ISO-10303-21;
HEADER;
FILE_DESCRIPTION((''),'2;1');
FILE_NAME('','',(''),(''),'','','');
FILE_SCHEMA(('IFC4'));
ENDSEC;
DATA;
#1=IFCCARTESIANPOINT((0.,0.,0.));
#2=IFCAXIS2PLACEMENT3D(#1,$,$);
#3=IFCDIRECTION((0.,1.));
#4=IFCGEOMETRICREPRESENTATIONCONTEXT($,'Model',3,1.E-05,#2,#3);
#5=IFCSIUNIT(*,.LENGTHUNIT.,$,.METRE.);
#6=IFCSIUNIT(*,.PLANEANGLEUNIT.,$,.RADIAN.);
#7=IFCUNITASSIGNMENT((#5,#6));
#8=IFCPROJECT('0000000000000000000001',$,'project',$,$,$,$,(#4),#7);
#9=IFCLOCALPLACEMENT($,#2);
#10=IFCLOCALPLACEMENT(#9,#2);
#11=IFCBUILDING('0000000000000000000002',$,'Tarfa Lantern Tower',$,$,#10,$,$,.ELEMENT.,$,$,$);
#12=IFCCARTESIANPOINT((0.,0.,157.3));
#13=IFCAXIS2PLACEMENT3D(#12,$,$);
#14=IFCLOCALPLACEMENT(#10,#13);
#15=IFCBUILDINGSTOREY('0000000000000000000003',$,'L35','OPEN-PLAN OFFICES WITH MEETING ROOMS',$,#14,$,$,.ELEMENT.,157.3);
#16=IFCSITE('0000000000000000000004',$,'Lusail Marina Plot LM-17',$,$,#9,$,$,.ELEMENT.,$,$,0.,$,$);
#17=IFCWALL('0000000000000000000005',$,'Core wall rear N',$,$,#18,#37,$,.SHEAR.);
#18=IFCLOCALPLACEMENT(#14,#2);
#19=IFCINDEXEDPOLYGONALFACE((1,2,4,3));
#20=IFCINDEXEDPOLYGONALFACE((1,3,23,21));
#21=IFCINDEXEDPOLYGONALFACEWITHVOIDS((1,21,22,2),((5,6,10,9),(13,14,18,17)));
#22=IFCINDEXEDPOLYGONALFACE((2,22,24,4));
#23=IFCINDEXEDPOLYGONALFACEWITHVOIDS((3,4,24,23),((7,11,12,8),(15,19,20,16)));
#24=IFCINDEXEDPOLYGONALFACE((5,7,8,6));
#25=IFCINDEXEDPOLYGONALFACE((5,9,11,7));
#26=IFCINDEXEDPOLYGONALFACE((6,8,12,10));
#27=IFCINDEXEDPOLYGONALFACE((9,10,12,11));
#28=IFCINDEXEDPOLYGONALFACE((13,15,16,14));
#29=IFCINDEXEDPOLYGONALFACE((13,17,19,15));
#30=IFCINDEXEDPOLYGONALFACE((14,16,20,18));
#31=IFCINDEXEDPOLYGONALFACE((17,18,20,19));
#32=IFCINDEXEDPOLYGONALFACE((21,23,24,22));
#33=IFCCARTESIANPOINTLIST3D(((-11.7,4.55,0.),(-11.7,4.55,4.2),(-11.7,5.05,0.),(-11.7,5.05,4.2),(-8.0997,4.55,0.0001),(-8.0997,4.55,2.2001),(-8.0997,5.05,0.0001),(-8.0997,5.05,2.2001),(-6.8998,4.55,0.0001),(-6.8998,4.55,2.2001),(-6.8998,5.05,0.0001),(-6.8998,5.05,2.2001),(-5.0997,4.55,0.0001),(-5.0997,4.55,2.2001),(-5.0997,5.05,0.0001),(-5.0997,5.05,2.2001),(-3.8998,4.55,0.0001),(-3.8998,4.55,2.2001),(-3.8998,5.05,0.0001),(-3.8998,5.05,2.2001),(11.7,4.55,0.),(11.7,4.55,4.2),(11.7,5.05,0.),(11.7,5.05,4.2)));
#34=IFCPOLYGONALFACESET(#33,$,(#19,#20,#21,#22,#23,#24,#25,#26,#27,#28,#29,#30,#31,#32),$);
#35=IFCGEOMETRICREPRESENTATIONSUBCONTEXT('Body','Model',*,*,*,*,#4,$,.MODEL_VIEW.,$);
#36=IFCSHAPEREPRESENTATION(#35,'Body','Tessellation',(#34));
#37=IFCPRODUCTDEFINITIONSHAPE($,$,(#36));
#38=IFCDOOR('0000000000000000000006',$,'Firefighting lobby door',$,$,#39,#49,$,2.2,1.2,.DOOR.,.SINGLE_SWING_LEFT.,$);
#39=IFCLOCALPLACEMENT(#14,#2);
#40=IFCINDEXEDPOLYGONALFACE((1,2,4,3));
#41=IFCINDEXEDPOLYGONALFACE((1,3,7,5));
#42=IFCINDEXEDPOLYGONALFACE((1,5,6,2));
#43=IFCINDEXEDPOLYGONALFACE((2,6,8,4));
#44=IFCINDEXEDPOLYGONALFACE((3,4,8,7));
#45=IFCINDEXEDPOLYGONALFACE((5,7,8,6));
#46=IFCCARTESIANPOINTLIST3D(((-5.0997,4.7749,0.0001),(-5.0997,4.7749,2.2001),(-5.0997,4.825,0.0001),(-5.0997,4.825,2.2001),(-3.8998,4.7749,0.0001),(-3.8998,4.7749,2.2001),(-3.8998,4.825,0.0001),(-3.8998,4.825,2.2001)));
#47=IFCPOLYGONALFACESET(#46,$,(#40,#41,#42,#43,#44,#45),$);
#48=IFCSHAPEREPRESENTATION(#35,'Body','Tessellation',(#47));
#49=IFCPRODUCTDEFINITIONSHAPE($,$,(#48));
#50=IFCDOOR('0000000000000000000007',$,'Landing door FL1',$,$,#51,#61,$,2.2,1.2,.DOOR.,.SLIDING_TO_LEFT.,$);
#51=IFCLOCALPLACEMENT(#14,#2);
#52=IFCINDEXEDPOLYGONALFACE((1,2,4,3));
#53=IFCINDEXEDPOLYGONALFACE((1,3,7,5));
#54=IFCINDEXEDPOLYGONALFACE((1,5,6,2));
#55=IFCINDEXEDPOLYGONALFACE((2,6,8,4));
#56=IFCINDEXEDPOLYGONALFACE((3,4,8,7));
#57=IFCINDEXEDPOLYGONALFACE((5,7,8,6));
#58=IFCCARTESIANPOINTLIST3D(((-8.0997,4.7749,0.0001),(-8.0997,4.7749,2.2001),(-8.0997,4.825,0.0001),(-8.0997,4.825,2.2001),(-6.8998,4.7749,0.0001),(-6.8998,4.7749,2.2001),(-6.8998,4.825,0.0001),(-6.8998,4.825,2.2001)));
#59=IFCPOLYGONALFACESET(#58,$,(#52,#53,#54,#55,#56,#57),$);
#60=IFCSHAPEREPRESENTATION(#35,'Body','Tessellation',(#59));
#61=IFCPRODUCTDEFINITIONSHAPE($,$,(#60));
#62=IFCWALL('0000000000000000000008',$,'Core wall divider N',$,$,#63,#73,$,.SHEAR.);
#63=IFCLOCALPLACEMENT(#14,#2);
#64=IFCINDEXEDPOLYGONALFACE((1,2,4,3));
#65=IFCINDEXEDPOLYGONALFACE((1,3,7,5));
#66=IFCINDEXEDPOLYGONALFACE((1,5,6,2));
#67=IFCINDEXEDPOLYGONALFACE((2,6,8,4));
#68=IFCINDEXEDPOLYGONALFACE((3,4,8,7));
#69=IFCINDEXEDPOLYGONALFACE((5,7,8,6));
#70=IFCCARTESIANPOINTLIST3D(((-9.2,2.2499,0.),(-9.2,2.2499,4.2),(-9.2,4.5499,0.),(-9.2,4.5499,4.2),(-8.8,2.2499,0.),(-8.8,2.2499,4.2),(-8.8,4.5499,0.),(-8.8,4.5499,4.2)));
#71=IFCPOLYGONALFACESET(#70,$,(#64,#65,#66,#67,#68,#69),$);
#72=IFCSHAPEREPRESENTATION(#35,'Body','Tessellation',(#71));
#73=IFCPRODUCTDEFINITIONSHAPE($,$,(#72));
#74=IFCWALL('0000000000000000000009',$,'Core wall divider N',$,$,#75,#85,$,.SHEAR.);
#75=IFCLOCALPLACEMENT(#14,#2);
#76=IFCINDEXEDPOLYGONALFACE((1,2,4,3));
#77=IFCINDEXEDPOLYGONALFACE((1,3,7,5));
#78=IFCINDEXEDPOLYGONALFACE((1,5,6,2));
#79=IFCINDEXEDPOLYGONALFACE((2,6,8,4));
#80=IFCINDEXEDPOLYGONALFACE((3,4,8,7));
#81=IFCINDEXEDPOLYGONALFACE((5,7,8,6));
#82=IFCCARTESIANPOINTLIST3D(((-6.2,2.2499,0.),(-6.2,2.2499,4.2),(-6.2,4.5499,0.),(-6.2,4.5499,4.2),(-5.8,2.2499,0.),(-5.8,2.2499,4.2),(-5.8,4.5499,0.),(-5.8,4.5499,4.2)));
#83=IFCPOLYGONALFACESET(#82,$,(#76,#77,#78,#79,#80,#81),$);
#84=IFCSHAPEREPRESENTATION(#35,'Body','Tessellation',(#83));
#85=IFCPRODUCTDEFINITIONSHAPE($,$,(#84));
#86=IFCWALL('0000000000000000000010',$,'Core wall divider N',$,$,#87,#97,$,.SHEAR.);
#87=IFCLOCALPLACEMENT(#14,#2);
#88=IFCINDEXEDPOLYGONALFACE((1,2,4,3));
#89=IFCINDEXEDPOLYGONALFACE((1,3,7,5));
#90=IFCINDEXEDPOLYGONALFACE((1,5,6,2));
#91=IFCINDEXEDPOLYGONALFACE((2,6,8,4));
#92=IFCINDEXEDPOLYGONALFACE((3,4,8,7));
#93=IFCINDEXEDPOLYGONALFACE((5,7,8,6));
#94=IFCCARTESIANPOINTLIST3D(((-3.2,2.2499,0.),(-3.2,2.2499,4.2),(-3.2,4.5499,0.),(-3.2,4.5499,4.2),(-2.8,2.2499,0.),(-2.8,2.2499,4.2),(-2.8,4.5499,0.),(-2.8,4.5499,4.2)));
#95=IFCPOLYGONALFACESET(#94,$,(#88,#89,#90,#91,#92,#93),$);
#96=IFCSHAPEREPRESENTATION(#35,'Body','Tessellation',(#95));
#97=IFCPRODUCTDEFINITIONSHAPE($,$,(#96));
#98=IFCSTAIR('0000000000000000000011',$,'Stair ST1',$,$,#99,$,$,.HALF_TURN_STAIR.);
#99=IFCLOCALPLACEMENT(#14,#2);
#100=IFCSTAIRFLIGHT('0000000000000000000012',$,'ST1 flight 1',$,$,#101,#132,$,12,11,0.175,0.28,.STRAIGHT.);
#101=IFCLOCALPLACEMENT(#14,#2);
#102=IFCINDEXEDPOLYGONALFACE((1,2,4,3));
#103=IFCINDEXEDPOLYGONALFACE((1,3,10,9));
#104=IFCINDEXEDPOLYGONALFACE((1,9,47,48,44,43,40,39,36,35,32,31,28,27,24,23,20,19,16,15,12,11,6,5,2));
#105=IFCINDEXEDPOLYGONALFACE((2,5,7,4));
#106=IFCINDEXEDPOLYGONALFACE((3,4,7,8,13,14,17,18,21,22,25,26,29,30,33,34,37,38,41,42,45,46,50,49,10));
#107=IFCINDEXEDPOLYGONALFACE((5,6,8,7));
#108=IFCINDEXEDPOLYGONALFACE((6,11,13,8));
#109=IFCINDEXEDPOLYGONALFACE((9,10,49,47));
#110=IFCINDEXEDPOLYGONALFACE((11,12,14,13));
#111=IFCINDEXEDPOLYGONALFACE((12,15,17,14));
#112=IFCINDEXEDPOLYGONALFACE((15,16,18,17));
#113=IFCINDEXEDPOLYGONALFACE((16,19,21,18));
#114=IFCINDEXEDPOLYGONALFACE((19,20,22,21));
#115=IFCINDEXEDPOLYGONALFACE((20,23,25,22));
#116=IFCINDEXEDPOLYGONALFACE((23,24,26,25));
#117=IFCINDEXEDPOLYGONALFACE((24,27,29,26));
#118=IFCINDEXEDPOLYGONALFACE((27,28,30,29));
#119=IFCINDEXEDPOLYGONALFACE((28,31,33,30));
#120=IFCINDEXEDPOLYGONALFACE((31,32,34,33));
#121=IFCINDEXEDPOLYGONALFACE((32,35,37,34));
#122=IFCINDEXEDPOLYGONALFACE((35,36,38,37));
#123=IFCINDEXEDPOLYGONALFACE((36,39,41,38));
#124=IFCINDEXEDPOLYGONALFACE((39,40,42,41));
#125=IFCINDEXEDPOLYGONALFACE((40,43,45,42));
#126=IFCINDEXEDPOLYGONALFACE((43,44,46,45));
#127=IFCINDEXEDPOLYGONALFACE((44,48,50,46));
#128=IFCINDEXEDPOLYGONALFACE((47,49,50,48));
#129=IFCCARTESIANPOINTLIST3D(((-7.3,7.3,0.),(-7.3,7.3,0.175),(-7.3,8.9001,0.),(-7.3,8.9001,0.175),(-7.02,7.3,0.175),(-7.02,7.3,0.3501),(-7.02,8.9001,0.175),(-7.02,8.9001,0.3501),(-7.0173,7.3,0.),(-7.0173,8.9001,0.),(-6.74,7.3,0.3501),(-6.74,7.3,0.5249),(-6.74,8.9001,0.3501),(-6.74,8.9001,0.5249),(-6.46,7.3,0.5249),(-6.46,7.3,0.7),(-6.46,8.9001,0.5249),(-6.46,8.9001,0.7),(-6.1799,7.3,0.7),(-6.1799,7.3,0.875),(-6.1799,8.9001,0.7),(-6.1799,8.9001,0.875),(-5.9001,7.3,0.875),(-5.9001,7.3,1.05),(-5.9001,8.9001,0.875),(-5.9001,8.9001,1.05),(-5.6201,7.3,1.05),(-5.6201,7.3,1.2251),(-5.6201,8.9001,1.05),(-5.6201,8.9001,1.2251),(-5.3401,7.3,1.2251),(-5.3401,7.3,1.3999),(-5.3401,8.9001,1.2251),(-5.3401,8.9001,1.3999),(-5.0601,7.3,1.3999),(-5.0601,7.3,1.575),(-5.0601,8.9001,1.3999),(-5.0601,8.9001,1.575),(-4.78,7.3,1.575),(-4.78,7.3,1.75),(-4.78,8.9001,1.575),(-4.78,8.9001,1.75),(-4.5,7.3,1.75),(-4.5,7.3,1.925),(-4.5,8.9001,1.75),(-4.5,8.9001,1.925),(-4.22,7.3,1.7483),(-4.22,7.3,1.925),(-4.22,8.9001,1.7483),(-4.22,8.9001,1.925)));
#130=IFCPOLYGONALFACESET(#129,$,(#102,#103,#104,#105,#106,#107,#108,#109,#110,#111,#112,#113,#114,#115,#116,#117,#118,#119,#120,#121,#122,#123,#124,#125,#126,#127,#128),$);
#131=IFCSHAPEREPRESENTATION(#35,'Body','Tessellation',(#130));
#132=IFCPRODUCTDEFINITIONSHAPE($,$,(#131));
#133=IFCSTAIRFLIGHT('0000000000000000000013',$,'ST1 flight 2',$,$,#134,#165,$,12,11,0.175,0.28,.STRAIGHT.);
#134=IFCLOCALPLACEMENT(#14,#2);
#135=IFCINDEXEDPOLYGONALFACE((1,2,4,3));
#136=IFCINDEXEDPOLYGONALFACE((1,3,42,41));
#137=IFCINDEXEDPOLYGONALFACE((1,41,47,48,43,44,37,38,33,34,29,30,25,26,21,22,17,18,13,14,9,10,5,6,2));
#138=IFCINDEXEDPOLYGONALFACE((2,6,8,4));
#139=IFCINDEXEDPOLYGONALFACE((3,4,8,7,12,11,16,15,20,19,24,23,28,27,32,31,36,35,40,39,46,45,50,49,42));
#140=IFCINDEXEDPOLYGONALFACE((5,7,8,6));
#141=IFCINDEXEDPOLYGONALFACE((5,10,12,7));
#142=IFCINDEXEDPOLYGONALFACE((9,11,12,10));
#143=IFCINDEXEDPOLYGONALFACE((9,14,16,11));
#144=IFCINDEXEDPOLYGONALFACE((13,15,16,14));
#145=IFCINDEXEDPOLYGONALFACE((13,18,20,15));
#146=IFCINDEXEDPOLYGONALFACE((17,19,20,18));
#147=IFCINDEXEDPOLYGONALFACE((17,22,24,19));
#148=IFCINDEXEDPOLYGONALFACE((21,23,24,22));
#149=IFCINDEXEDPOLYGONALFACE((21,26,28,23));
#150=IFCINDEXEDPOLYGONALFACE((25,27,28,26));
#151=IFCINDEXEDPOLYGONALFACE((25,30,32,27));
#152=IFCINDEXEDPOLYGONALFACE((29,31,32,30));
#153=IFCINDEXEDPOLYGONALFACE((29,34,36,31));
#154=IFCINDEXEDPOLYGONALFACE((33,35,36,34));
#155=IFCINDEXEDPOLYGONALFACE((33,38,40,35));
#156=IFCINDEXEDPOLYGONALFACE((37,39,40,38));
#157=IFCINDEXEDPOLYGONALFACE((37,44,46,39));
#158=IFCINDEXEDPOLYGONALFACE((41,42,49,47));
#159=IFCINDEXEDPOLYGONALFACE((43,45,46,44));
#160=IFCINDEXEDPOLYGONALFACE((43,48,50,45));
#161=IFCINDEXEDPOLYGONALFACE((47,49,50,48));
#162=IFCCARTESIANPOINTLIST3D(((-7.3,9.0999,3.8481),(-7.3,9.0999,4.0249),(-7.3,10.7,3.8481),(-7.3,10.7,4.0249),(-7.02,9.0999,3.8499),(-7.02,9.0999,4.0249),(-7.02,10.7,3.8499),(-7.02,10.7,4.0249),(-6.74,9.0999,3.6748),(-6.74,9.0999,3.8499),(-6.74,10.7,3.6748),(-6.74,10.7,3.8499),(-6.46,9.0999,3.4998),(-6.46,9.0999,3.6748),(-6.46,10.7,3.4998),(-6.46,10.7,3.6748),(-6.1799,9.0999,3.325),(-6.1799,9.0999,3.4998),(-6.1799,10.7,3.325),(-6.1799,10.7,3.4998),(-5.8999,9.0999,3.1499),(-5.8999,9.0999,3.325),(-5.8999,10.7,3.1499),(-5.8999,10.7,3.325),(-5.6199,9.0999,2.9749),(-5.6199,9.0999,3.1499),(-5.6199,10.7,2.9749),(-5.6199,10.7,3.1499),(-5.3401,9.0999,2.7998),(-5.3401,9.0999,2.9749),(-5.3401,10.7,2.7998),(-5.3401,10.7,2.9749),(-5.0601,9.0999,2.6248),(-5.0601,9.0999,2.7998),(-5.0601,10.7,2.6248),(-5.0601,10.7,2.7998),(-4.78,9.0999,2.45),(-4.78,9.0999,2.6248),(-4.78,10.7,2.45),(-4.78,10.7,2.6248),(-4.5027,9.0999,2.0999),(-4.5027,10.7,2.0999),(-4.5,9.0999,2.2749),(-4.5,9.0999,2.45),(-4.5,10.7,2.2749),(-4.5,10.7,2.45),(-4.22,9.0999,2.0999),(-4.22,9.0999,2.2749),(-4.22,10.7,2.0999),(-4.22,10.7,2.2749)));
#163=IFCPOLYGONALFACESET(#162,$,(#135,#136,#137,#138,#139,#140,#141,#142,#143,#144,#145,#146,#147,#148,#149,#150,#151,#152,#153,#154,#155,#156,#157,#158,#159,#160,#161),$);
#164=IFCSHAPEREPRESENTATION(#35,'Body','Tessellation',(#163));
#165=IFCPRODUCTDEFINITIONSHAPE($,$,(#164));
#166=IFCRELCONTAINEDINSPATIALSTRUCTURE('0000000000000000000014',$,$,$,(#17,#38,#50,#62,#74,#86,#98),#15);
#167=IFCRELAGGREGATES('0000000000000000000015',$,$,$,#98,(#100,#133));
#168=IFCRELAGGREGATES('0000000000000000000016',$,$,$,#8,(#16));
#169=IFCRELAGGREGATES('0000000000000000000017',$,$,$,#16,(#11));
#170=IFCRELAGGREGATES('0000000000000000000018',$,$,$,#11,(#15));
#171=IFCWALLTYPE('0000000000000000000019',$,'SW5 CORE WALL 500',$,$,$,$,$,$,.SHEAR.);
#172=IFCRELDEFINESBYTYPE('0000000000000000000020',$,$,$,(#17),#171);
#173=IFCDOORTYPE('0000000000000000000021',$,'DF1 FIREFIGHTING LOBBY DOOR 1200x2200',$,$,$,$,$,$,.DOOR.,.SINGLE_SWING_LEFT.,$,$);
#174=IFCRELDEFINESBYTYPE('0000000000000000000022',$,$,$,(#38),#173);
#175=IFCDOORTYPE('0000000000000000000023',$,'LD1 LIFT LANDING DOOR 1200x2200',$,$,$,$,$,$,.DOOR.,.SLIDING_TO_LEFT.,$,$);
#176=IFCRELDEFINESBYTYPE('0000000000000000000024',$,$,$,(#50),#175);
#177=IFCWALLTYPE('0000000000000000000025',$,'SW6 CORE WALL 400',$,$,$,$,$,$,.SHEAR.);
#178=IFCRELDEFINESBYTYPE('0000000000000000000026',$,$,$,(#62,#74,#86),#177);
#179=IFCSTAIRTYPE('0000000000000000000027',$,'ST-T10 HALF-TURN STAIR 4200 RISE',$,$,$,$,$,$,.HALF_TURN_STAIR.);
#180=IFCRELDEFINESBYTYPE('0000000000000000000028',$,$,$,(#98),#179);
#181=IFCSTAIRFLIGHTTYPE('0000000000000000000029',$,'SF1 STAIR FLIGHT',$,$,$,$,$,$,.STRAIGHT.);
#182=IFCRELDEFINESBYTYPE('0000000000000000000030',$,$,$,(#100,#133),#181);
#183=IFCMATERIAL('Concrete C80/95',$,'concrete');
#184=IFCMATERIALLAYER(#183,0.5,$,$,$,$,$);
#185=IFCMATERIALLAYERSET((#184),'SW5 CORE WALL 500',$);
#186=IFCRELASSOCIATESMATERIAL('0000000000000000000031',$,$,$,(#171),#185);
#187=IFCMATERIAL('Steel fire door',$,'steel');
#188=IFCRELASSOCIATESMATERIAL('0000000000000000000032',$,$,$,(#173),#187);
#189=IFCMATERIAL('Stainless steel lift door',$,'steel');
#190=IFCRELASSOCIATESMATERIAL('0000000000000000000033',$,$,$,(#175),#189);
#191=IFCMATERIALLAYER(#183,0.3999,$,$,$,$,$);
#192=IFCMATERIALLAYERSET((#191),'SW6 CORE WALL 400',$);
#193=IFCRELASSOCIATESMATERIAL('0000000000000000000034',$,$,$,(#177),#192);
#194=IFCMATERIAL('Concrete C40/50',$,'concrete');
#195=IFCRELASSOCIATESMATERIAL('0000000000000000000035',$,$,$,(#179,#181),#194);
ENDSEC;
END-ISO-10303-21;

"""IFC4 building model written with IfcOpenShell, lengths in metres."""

from ifc_helpers import new_model, si_unit, direction, frame, frame_2d, origin, place, context, subcontext, project, spatial, polyline, rectangle, outline, extrude, material, layer, layer_set, type_object, element, fill, aggregate, save


model = new_model("IFC4")

# Units and contexts
model_context = context("Model", 3, precision=1e-05, world=origin(), true_north=direction((0.0, 1.0)))
body_context = subcontext(model_context, "Body", "Model", "MODEL_VIEW")
ifc_project = project(units=[si_unit("LENGTHUNIT", "METRE"), si_unit("PLANEANGLEUNIT", "RADIAN")], contexts=[model_context])

# Site, building, storey
site_placement = place(None, origin())
site = spatial("IfcSite", under=ifc_project, at=site_placement, Name="Lusail Marina Plot LM-17", CompositionType="ELEMENT", RefElevation=0.0)
building_placement = place(site_placement, origin())
building = spatial("IfcBuilding", under=site, at=building_placement, Name="Tarfa Lantern Tower", CompositionType="ELEMENT")
storey_placement = place(building_placement, frame((0.0, 0.0, 157.3)))
storey = spatial("IfcBuildingStorey", under=building, at=storey_placement, Name="L35", Description="OPEN-PLAN OFFICES WITH MEETING ROOMS", CompositionType="ELEMENT", Elevation=157.3)

# Shared definitions
ifc_material_1 = material(Name="Concrete C80/95", Category="concrete")

# Shared definitions
ifc_material_2 = material(Name="Steel fire door", Category="steel")

# Wall, openings, doors
ifc_layer_1 = layer(ifc_material_1, 0.5)
ifc_layer_set_1 = layer_set([ifc_layer_1], Name="SW5 CORE WALL 500")
wall_type_1 = type_object("IfcWallType", Name="SW5 CORE WALL 500", PredefinedType="SHEAR", material=ifc_layer_set_1)
ifc_material_3 = material(Name="Stainless steel lift door", Category="steel")
wall_1_placement = place(storey_placement, frame((-11.7, 4.8, 0.0), z_axis=(0.0, 0.0, 1.0), x_axis=(1.0, 0.0, 0.0)))
wall_1 = element("IfcWall", 1, at=wall_1_placement, inside=storey, type_object=wall_type_1, Name="Core wall rear N", PredefinedType="SHEAR", context=body_context, shape_type="SweptSolid", body=[
    extrude(rectangle(XDim=23.3999, YDim=0.5, at=frame_2d((11.7, 0.0))), origin(), (0.0, 0.0, 1.0), 4.2),
])
opening_1_placement = place(wall_1_placement, frame((6.6001, 0.0, 0.0)))
opening_1 = element("IfcOpeningElement", 2, at=opening_1_placement, cuts=wall_1, PredefinedType="OPENING", context=body_context, shape_type="SweptSolid", body=[
    extrude(rectangle(XDim=1.2, YDim=2.2, at=frame_2d((0.6001, 1.1001))), frame((0.0, 0.26, 0.0), z_axis=(0.0, -1.0, 0.0), x_axis=(1.0, 0.0, 0.0)), (0.0, 0.0, 1.0), 0.52),
])
opening_2_placement = place(wall_1_placement, frame((3.6001, 0.0, 0.0)))
opening_2 = element("IfcOpeningElement", 3, at=opening_2_placement, cuts=wall_1, PredefinedType="OPENING", context=body_context, shape_type="SweptSolid", body=[
    extrude(rectangle(XDim=1.2, YDim=2.2, at=frame_2d((0.6001, 1.1001))), frame((0.0, 0.26, 0.0), z_axis=(0.0, -1.0, 0.0), x_axis=(1.0, 0.0, 0.0)), (0.0, 0.0, 1.0), 0.52),
])
door_type_1 = type_object("IfcDoorType", Name="DF1 FIREFIGHTING LOBBY DOOR 1200x2200", OperationType="SINGLE_SWING_LEFT", PredefinedType="DOOR", material=ifc_material_2)
door_1_placement = place(opening_1_placement, origin())
door_1 = element("IfcDoor", 4, at=door_1_placement, inside=storey, type_object=door_type_1, Name="Firefighting lobby door", OperationType="SINGLE_SWING_LEFT", OverallHeight=2.2, OverallWidth=1.2, PredefinedType="DOOR", context=body_context, shape_type="SweptSolid", body=[
    extrude(rectangle(XDim=1.2, YDim=2.2, at=frame_2d((0.6001, 1.1001))), frame((0.0, 0.0249, 0.0), z_axis=(0.0, -1.0, 0.0), x_axis=(1.0, 0.0, 0.0)), (0.0, 0.0, 1.0), 0.05),
])
fill(opening_1, door_1)
door_type_2 = type_object("IfcDoorType", Name="LD1 LIFT LANDING DOOR 1200x2200", OperationType="SLIDING_TO_LEFT", PredefinedType="DOOR", material=ifc_material_3)
door_2_placement = place(opening_2_placement, origin())
door_2 = element("IfcDoor", 5, at=door_2_placement, inside=storey, type_object=door_type_2, Name="Landing door FL1", OperationType="SLIDING_TO_LEFT", OverallHeight=2.2, OverallWidth=1.2, PredefinedType="DOOR", context=body_context, shape_type="SweptSolid", body=[
    extrude(rectangle(XDim=1.2, YDim=2.2, at=frame_2d((0.6001, 1.1001))), frame((0.0, 0.0249, 0.0), z_axis=(0.0, -1.0, 0.0), x_axis=(1.0, 0.0, 0.0)), (0.0, 0.0, 1.0), 0.05),
])
fill(opening_2, door_2)

# Walls
ifc_layer_2 = layer(ifc_material_1, 0.3999)
ifc_layer_set_2 = layer_set([ifc_layer_2], Name="SW6 CORE WALL 400")
wall_type_2 = type_object("IfcWallType", Name="SW6 CORE WALL 400", PredefinedType="SHEAR", material=ifc_layer_set_2)
for number, where, z_axis, x_axis, name in (
    (6, (-9.0, 2.25, 0.0), (0.0, 0.0, 1.0), (0.0, 1.0, 0.0), "Core wall divider N"),
    (7, (-6.0, 2.25, 0.0), (0.0, 0.0, 1.0), (0.0, 1.0, 0.0), "Core wall divider N"),
    (8, (-3.0, 2.25, 0.0), (0.0, 0.0, 1.0), (0.0, 1.0, 0.0), "Core wall divider N"),
):
    element("IfcWall", number, at=place(storey_placement, frame(where, z_axis=z_axis, x_axis=x_axis)), inside=storey, type_object=wall_type_2, Name=name, PredefinedType="SHEAR", context=body_context, shape_type="SweptSolid", body=[
        extrude(rectangle(XDim=2.3, YDim=0.3999, at=frame_2d((1.1499, 0.0))), origin(), (0.0, 0.0, 1.0), 4.2),
    ])

# Stair, stair flights
ifc_material_4 = material(Name="Concrete C40/50", Category="concrete")
stair_type = type_object("IfcStairType", Name="ST-T10 HALF-TURN STAIR 4200 RISE", PredefinedType="HALF_TURN_STAIR", material=ifc_material_4)
stair_placement = place(storey_placement, origin())
stair = element("IfcStair", 9, at=stair_placement, inside=storey, type_object=stair_type, Name="Stair ST1", PredefinedType="HALF_TURN_STAIR")
stair_flight_type = type_object("IfcStairFlightType", Name="SF1 STAIR FLIGHT", PredefinedType="STRAIGHT", material=ifc_material_4)
stair_flight_1_placement = place(storey_placement, frame((-7.3, 8.1001, 0.0), z_axis=(0.0, 0.0, 1.0), x_axis=(1.0, 0.0, 0.0)))
stair_flight_1 = element("IfcStairFlight", 10, at=stair_flight_1_placement, type_object=stair_flight_type, Name="ST1 flight 1", NumberOfRisers=12, NumberOfTreads=11, PredefinedType="STRAIGHT", RiserHeight=0.175, TreadLength=0.28, context=body_context, shape_type="SweptSolid", body=[
    extrude(outline(polyline([(0.0, 0.0), (0.0, 0.175), (0.28, 0.175), (0.28, 0.3501), (0.5601, 0.3501), (0.5601, 0.5249), (0.8401, 0.5249), (0.8401, 0.7), (1.1201, 0.7), (1.1201, 0.875), (1.3999, 0.875), (1.3999, 1.05), (1.6799, 1.05), (1.6799, 1.2251), (1.96, 1.2251), (1.96, 1.3999), (2.24, 1.3999), (2.24, 1.575), (2.52, 1.575), (2.52, 1.75), (2.8, 1.75), (2.8, 1.925), (3.0801, 1.925), (3.0801, 2.1001), (3.0801, 1.7483), (0.2827, 0.0), (0.0, 0.0)])), frame((0.0, 0.8, 0.0), z_axis=(0.0, -1.0, 0.0), x_axis=(1.0, 0.0, 0.0)), (0.0, 0.0, 1.0), 1.6001),
])
stair_flight_2_placement = place(storey_placement, frame((-4.22, 9.8999, 2.0999), z_axis=(0.0, 0.0, 1.0), x_axis=(-1.0, 0.0, 0.0)))
stair_flight_2 = element("IfcStairFlight", 11, at=stair_flight_2_placement, type_object=stair_flight_type, Name="ST1 flight 2", NumberOfRisers=12, NumberOfTreads=11, PredefinedType="STRAIGHT", RiserHeight=0.175, TreadLength=0.28, context=body_context, shape_type="SweptSolid", body=[
    extrude(outline(polyline([(0.0, 0.0), (0.0, 0.175), (0.28, 0.175), (0.28, 0.3501), (0.5601, 0.3501), (0.5601, 0.5249), (0.8401, 0.5249), (0.8401, 0.7), (1.1201, 0.7), (1.1201, 0.875), (1.3999, 0.875), (1.3999, 1.05), (1.6799, 1.05), (1.6799, 1.2251), (1.96, 1.2251), (1.96, 1.3999), (2.24, 1.3999), (2.24, 1.575), (2.52, 1.575), (2.52, 1.75), (2.8, 1.75), (2.8, 1.925), (3.0801, 1.925), (3.0801, 2.1001), (3.0801, 1.7483), (0.2827, 0.0), (0.0, 0.0)])), frame((0.0, 0.8, 0.0), z_axis=(0.0, -1.0, 0.0), x_axis=(1.0, 0.0, 0.0)), (0.0, 0.0, 1.0), 1.6001),
])
aggregate(stair, [stair_flight_1, stair_flight_2])

save(model, "model.ifc")
